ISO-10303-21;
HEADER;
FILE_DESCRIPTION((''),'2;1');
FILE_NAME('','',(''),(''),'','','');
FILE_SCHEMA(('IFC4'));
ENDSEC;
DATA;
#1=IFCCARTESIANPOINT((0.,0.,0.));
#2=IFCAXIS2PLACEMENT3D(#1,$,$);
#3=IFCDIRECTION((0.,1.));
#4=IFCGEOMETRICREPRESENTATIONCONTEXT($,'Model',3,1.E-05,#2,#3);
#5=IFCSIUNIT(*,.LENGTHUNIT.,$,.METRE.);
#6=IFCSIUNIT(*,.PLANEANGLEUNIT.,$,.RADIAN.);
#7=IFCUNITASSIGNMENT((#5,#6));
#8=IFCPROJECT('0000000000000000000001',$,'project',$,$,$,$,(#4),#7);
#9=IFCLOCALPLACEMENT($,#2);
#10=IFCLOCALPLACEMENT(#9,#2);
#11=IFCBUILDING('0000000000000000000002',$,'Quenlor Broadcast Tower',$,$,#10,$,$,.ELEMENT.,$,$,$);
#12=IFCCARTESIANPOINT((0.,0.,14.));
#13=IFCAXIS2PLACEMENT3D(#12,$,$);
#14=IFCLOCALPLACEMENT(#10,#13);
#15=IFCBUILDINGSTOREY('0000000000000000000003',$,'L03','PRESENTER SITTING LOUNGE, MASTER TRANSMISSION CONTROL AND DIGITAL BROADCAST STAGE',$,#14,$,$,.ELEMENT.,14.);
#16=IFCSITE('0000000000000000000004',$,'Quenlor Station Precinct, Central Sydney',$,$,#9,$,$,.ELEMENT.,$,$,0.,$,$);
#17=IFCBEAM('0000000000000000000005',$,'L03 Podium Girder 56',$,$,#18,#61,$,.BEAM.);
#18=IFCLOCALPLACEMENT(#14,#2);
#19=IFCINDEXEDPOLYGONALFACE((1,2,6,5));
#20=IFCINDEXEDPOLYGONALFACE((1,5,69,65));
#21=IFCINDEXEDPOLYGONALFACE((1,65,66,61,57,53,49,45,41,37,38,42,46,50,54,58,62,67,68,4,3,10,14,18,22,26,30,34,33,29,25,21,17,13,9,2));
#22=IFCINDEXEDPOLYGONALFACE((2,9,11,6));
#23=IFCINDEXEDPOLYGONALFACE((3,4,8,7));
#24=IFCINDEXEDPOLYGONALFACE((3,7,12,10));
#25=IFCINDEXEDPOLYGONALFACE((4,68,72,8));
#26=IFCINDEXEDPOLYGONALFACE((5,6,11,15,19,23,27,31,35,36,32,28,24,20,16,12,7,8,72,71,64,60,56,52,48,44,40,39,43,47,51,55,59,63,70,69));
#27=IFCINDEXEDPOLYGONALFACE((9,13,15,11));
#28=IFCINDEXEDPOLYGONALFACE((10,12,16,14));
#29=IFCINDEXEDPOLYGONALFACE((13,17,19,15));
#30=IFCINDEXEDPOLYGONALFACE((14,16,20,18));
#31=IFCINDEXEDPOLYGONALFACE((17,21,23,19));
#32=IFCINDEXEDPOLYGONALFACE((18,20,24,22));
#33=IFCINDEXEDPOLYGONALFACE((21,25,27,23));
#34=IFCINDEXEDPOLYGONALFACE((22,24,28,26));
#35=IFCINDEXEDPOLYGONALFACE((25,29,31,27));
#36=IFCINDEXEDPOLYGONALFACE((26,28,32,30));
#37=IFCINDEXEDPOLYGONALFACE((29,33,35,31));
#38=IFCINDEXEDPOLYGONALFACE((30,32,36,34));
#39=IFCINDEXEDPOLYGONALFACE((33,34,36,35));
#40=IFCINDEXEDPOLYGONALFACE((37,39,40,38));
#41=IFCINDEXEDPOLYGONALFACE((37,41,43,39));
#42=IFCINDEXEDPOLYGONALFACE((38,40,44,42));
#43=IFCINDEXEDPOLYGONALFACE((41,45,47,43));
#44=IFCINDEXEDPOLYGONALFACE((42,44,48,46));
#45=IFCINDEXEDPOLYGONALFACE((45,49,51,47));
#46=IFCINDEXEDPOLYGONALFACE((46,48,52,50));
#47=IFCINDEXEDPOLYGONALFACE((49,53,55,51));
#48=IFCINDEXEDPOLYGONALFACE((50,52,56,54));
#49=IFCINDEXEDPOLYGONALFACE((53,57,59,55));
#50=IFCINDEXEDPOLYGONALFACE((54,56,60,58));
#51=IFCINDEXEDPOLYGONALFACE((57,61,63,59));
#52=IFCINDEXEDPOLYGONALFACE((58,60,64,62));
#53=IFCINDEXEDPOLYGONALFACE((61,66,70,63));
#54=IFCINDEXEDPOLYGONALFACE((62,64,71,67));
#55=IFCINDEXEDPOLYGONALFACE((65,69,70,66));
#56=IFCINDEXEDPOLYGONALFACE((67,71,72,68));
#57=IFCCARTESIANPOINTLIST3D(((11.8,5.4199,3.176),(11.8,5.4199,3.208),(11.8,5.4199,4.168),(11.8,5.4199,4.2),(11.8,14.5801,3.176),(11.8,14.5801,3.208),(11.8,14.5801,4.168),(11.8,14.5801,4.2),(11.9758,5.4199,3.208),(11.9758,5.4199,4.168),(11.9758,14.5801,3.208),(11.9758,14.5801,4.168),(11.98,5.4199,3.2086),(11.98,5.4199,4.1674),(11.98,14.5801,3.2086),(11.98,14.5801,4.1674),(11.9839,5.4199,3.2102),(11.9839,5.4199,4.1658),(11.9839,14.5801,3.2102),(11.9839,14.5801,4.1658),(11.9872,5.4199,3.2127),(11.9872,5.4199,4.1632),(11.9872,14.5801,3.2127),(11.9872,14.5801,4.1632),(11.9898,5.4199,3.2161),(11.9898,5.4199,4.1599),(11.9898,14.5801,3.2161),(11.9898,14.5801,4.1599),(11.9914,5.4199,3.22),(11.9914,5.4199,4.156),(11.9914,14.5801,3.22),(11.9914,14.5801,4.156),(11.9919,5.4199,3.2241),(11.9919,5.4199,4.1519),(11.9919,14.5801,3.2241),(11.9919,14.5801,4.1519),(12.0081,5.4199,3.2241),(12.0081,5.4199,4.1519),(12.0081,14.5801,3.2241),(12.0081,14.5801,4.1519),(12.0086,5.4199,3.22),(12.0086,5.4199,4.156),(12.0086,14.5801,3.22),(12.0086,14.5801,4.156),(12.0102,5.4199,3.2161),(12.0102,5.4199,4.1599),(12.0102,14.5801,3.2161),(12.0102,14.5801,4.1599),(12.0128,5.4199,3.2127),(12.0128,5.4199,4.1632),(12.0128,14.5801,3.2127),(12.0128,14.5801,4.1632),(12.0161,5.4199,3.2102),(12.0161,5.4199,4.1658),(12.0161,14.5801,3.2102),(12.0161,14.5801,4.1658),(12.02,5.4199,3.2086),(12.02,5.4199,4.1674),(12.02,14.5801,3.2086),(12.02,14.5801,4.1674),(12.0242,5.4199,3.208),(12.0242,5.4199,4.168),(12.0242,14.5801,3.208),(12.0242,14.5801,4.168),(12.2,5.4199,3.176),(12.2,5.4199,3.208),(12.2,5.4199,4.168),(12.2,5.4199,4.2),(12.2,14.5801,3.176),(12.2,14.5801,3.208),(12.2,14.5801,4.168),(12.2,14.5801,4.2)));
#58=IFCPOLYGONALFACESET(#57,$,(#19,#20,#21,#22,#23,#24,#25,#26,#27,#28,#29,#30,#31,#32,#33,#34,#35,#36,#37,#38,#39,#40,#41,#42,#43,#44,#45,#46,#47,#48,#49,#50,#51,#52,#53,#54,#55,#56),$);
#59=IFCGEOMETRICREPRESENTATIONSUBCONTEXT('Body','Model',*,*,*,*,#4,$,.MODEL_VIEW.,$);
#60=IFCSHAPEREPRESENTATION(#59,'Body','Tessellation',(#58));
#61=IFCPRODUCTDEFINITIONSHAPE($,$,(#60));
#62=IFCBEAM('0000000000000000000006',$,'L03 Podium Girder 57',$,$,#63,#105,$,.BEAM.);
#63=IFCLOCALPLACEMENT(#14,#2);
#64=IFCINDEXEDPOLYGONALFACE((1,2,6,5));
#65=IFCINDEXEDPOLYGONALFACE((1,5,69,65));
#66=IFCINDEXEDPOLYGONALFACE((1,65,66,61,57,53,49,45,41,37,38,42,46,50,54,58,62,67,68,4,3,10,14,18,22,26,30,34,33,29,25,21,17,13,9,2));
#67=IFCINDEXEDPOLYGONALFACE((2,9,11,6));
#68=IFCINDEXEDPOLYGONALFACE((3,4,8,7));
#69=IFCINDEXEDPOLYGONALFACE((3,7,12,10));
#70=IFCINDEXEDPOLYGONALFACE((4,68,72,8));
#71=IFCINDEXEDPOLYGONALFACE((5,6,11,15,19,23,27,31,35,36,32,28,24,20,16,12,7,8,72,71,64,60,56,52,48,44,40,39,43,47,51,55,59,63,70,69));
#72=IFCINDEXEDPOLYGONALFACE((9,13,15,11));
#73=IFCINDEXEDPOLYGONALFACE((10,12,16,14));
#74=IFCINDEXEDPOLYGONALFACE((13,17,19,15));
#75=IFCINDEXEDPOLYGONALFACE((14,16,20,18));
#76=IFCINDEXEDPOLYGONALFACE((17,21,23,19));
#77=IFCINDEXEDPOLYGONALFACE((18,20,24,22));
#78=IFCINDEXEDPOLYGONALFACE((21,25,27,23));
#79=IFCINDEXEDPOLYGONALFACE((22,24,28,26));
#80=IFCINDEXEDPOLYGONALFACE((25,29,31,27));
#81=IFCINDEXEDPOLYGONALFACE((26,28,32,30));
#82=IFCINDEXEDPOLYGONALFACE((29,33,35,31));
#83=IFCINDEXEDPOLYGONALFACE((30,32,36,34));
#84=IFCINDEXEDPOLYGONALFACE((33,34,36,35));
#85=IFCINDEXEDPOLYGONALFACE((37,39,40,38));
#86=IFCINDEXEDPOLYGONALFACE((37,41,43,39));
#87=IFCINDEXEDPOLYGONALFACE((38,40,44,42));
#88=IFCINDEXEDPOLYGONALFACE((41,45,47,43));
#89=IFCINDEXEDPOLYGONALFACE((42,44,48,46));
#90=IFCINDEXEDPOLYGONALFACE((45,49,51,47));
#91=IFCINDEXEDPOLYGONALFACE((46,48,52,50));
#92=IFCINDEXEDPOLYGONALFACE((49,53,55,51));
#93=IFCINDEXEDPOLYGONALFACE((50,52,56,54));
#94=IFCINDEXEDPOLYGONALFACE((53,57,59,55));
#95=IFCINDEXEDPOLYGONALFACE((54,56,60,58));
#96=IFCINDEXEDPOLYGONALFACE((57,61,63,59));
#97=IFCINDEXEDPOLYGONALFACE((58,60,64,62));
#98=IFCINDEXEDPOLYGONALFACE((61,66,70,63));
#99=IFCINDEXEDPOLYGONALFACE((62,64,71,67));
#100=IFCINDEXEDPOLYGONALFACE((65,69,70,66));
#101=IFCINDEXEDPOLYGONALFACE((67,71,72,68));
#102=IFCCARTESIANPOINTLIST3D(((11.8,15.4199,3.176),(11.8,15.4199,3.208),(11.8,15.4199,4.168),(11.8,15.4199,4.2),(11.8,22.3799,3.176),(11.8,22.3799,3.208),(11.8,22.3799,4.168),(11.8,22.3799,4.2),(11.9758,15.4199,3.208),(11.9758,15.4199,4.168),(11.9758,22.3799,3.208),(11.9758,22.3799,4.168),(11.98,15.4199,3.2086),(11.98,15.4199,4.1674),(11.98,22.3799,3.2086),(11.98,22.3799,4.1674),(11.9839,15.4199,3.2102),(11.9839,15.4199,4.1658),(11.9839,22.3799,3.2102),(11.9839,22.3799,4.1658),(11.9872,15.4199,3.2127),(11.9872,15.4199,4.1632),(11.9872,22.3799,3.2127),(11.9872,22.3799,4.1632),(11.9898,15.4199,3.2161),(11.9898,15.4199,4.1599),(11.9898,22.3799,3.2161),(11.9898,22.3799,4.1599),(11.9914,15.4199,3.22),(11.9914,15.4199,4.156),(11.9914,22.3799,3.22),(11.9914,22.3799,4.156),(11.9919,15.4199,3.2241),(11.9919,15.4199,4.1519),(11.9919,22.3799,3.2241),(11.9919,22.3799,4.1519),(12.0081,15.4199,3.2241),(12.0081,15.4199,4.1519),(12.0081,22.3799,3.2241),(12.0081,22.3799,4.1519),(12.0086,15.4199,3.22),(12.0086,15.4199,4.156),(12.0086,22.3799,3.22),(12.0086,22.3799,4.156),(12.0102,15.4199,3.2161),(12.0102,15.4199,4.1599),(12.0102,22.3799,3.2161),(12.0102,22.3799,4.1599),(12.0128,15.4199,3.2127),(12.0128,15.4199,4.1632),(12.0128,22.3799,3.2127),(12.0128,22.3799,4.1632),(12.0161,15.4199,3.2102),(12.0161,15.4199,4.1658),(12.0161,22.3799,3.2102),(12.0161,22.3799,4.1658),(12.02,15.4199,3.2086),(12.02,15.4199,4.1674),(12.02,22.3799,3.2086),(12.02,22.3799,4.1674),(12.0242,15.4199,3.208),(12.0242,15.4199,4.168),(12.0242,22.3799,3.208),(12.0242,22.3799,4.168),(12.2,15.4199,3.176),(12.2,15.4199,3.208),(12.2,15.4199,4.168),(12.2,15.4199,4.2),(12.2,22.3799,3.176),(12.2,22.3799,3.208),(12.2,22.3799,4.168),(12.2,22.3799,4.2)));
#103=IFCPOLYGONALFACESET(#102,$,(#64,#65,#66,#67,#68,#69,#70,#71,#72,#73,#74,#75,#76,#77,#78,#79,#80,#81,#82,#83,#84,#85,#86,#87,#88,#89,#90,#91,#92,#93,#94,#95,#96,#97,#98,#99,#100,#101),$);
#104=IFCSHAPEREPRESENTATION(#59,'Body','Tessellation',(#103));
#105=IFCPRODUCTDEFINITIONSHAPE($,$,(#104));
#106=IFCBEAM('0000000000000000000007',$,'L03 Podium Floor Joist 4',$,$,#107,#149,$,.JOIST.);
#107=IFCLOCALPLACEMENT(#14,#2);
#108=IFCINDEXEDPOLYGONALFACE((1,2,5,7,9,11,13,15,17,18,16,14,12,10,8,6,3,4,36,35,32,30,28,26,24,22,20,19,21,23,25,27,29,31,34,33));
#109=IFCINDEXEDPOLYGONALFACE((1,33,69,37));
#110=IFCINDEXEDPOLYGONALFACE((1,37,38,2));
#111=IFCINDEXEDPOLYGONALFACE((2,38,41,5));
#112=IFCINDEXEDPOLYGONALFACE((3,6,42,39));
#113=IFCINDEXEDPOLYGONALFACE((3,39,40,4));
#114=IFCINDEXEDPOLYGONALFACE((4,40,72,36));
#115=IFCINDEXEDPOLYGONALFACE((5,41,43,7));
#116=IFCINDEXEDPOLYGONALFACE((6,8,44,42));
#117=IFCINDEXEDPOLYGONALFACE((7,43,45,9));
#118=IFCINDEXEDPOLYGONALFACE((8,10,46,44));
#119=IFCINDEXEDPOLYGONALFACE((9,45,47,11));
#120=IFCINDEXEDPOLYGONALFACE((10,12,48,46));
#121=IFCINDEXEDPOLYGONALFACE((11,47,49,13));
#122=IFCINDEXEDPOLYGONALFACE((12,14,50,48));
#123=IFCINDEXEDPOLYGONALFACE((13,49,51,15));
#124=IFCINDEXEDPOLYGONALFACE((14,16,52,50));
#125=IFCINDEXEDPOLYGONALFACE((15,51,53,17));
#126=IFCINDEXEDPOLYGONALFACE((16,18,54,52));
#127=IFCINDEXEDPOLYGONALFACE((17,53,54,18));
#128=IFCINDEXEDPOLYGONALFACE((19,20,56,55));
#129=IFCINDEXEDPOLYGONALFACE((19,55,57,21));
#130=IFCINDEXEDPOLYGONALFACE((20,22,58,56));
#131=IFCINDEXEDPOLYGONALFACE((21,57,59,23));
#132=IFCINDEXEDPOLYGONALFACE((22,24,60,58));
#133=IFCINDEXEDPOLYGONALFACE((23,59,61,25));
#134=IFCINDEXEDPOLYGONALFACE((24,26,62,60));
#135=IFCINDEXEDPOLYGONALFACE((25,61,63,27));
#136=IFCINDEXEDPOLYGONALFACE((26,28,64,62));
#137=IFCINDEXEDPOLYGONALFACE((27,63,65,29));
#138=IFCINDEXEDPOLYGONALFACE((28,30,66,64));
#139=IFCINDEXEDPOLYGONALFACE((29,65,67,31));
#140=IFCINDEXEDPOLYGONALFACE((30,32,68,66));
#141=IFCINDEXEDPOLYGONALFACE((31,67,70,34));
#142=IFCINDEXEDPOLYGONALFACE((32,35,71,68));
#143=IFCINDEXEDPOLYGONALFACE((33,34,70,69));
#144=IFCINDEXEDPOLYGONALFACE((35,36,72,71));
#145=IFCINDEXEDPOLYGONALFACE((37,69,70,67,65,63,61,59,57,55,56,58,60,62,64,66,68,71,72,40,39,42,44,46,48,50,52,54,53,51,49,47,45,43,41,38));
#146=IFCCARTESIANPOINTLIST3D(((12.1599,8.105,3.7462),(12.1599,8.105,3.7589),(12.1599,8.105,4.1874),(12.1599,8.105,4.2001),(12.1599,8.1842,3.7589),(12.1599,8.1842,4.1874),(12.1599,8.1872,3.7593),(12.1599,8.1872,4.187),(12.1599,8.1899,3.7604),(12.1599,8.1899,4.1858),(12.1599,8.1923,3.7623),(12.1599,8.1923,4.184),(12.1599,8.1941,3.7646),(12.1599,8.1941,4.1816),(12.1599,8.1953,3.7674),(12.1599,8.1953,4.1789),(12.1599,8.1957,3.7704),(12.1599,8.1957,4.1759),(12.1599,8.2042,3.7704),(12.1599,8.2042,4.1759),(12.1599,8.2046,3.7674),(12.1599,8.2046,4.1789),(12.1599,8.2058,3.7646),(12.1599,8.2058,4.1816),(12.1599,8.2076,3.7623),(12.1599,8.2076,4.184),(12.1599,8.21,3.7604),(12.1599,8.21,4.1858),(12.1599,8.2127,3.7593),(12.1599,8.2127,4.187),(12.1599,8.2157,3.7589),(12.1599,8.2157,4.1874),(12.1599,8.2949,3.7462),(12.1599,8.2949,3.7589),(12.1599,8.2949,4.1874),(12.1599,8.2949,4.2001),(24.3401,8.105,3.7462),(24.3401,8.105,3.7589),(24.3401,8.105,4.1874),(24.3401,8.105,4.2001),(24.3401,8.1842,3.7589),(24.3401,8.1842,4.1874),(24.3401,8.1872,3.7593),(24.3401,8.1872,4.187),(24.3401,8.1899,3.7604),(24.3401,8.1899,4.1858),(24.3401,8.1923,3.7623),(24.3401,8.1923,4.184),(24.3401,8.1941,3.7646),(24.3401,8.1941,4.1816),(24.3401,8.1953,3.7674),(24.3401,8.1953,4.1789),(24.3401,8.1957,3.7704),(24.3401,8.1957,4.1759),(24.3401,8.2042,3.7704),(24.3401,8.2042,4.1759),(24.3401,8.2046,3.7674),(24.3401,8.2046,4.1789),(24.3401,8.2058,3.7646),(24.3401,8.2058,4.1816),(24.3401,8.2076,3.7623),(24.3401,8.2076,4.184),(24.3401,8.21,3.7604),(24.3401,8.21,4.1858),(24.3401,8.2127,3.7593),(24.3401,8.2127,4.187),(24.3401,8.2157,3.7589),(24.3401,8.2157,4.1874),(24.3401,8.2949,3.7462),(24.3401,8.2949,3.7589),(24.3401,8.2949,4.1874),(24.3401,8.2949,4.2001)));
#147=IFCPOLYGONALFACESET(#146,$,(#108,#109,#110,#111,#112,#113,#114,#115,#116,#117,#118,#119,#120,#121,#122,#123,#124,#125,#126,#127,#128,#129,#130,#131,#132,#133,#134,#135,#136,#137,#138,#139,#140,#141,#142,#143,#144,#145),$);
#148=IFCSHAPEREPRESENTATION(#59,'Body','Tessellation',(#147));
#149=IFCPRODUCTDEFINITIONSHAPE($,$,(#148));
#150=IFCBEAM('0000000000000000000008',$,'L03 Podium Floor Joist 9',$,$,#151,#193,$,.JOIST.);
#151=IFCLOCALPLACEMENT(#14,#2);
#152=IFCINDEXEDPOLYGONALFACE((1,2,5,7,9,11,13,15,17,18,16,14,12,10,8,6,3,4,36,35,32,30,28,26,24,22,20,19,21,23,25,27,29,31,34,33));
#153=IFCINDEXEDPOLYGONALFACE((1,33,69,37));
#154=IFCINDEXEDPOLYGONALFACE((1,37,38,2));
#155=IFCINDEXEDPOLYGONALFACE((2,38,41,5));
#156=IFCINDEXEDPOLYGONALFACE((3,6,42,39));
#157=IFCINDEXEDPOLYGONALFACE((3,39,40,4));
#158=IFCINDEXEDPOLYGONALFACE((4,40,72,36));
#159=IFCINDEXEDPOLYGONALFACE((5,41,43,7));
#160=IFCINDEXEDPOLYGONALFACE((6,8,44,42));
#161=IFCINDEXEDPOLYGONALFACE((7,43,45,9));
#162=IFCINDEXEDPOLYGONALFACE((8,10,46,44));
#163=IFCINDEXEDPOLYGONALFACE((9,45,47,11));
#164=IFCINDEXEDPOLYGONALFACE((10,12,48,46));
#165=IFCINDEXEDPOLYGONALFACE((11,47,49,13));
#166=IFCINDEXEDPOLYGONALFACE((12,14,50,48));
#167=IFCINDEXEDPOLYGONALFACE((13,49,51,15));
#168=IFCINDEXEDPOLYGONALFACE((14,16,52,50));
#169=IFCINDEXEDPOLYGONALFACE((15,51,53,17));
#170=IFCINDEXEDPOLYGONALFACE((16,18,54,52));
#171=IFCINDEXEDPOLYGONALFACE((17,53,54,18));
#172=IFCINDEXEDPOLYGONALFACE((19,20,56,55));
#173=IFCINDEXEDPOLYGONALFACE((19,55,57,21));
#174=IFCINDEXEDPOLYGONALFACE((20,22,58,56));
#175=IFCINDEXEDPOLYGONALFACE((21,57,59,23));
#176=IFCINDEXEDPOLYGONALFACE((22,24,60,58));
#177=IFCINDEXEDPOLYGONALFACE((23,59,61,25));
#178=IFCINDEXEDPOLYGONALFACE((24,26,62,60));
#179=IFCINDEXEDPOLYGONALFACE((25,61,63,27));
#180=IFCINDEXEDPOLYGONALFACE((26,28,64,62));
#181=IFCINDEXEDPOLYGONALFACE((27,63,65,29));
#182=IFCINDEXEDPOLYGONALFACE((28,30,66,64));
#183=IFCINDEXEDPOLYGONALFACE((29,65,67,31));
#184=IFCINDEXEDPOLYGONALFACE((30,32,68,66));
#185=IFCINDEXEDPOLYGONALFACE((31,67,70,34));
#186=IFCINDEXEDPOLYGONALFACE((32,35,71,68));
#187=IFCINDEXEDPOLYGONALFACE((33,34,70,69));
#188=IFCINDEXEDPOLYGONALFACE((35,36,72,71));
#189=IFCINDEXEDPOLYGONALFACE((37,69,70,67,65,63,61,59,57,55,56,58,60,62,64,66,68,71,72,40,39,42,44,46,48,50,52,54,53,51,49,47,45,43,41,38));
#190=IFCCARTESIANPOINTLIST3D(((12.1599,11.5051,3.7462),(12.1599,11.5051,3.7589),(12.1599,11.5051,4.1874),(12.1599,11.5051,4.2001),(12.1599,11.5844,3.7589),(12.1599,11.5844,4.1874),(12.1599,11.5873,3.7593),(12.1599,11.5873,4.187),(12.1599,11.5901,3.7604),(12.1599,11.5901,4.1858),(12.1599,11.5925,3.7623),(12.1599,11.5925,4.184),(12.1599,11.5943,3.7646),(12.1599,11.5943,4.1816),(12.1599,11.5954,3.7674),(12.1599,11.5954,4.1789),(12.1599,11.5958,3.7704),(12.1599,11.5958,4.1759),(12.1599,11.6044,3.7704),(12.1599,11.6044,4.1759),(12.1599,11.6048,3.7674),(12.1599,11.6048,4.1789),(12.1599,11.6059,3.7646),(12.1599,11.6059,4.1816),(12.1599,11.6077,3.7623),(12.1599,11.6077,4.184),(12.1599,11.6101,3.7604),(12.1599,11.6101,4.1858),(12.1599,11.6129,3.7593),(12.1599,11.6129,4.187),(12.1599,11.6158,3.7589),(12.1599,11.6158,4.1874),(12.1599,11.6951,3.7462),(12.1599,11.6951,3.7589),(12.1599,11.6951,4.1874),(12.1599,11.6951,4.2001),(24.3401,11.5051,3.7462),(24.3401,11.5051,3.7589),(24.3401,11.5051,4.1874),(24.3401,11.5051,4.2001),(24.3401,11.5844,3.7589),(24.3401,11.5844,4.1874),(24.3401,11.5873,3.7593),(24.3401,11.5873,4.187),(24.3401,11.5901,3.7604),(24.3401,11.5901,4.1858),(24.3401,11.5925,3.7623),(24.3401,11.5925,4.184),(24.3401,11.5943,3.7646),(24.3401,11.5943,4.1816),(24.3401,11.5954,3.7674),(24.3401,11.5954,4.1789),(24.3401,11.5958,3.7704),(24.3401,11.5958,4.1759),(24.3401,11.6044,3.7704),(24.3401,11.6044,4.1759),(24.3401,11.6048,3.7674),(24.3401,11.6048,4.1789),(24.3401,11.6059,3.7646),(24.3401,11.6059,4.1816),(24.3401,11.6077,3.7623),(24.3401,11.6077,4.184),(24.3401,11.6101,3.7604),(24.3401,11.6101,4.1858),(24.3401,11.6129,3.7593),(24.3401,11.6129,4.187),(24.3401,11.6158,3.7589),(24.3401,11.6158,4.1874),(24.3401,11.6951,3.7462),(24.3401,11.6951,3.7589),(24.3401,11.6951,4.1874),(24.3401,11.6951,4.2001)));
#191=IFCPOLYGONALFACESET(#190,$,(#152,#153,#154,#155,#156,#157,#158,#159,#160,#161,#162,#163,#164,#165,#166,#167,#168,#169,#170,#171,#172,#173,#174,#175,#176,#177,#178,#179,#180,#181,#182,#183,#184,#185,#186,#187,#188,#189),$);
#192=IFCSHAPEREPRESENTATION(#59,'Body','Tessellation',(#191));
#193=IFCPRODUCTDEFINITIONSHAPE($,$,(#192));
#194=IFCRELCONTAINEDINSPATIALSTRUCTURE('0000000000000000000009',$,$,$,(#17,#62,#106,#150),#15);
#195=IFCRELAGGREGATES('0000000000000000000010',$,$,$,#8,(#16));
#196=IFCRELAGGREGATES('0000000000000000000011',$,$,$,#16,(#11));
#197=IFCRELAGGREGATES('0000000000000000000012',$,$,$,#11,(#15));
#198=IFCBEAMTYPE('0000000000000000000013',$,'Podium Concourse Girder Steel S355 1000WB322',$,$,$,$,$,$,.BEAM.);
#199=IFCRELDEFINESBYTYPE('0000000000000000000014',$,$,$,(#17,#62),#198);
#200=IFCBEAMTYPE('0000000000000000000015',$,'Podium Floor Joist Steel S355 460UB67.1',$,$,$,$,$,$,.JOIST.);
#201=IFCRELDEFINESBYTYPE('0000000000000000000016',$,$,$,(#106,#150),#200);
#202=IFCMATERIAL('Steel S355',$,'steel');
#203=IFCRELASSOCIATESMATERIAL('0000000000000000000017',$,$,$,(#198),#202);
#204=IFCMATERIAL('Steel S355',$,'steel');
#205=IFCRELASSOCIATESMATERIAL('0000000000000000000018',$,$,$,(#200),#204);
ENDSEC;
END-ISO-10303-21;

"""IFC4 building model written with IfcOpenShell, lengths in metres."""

from ifc_helpers import new_model, si_unit, direction, frame, origin, origin_2d, place, context, subcontext, project, spatial, i_section, extrude, material, material_profile, profile_set, type_object, element, save


model = new_model("IFC4")

# Units and contexts
model_context = context("Model", 3, precision=1e-05, world=origin(), true_north=direction((0.0, 1.0)))
body_context = subcontext(model_context, "Body", "Model", "MODEL_VIEW")
ifc_project = project(units=[si_unit("LENGTHUNIT", "METRE"), si_unit("PLANEANGLEUNIT", "RADIAN")], contexts=[model_context])

# Site, building, storey
site_placement = place(None, origin())
site = spatial("IfcSite", under=ifc_project, at=site_placement, Name="Quenlor Station Precinct, Central Sydney", CompositionType="ELEMENT", RefElevation=0.0)
building_placement = place(site_placement, origin())
building = spatial("IfcBuilding", under=site, at=building_placement, Name="Quenlor Broadcast Tower", CompositionType="ELEMENT")
storey_placement = place(building_placement, frame((0.0, 0.0, 14.0)))
storey = spatial("IfcBuildingStorey", under=building, at=storey_placement, Name="L03", Description="PRESENTER SITTING LOUNGE, MASTER TRANSMISSION CONTROL AND DIGITAL BROADCAST STAGE", CompositionType="ELEMENT", Elevation=14.0)

# Beams
ifc_material_1 = material(Name="Steel S355", Category="steel")
ifc_material_profile_1 = material_profile(ifc_material_1, i_section(OverallWidth=0.3999, OverallDepth=1.0239, WebThickness=0.0161, FlangeThickness=0.032, FilletRadius=0.0161, at=origin_2d()))
ifc_profile_set_1 = profile_set([ifc_material_profile_1], Name="Steel S355 1000WB322")
beam_type_1 = type_object("IfcBeamType", Name="Podium Concourse Girder Steel S355 1000WB322", PredefinedType="BEAM", material=ifc_profile_set_1)
for number, where, z_axis, x_axis, name in (
    (1, (12.0, 5.4199, 3.688), (0.0, 1.0, 0.0), (-1.0, 0.0, 0.0), "L03 Podium Girder 56"),
):
    element("IfcBeam", number, at=place(storey_placement, frame(where, z_axis=z_axis, x_axis=x_axis)), inside=storey, type_object=beam_type_1, Name=name, PredefinedType="BEAM", context=body_context, shape_type="SweptSolid", body=[
        extrude(i_section(OverallWidth=0.3999, OverallDepth=1.0239, WebThickness=0.0161, FlangeThickness=0.032, FilletRadius=0.0161, at=origin_2d()), origin(), (0.0, 0.0, 1.0), 9.1602),
    ])
beam_1_placement = place(storey_placement, frame((12.0, 15.4199, 3.688), z_axis=(0.0, 1.0, 0.0), x_axis=(-1.0, 0.0, 0.0)))
element("IfcBeam", 2, at=beam_1_placement, inside=storey, type_object=beam_type_1, Name="L03 Podium Girder 57", PredefinedType="BEAM", context=body_context, shape_type="SweptSolid", body=[
    extrude(i_section(OverallWidth=0.3999, OverallDepth=1.0239, WebThickness=0.0161, FlangeThickness=0.032, FilletRadius=0.0161, at=origin_2d()), origin(), (0.0, 0.0, 1.0), 6.96),
])
ifc_material_2 = material(Name="Steel S355", Category="steel")
ifc_material_profile_2 = material_profile(ifc_material_2, i_section(OverallWidth=0.1899, OverallDepth=0.4539, WebThickness=0.0085, FlangeThickness=0.0127, FilletRadius=0.0115, at=origin_2d()))
ifc_profile_set_2 = profile_set([ifc_material_profile_2], Name="Steel S355 460UB67.1")
beam_type_2 = type_object("IfcBeamType", Name="Podium Floor Joist Steel S355 460UB67.1", PredefinedType="JOIST", material=ifc_profile_set_2)
for number, where, z_axis, x_axis, name in (
    (3, (12.1599, 8.2, 3.9731), (1.0, 0.0, 0.0), (0.0, 1.0, 0.0), "L03 Podium Floor Joist 4"),
    (4, (12.1599, 11.6001, 3.9731), (1.0, 0.0, 0.0), (0.0, 1.0, 0.0), "L03 Podium Floor Joist 9"),
):
    element("IfcBeam", number, at=place(storey_placement, frame(where, z_axis=z_axis, x_axis=x_axis)), inside=storey, type_object=beam_type_2, Name=name, PredefinedType="JOIST", context=body_context, shape_type="SweptSolid", body=[
        extrude(i_section(OverallWidth=0.1899, OverallDepth=0.4539, WebThickness=0.0085, FlangeThickness=0.0127, FilletRadius=0.0115, at=origin_2d()), origin(), (0.0, 0.0, 1.0), 12.1802),
    ])

save(model, "model.ifc")
